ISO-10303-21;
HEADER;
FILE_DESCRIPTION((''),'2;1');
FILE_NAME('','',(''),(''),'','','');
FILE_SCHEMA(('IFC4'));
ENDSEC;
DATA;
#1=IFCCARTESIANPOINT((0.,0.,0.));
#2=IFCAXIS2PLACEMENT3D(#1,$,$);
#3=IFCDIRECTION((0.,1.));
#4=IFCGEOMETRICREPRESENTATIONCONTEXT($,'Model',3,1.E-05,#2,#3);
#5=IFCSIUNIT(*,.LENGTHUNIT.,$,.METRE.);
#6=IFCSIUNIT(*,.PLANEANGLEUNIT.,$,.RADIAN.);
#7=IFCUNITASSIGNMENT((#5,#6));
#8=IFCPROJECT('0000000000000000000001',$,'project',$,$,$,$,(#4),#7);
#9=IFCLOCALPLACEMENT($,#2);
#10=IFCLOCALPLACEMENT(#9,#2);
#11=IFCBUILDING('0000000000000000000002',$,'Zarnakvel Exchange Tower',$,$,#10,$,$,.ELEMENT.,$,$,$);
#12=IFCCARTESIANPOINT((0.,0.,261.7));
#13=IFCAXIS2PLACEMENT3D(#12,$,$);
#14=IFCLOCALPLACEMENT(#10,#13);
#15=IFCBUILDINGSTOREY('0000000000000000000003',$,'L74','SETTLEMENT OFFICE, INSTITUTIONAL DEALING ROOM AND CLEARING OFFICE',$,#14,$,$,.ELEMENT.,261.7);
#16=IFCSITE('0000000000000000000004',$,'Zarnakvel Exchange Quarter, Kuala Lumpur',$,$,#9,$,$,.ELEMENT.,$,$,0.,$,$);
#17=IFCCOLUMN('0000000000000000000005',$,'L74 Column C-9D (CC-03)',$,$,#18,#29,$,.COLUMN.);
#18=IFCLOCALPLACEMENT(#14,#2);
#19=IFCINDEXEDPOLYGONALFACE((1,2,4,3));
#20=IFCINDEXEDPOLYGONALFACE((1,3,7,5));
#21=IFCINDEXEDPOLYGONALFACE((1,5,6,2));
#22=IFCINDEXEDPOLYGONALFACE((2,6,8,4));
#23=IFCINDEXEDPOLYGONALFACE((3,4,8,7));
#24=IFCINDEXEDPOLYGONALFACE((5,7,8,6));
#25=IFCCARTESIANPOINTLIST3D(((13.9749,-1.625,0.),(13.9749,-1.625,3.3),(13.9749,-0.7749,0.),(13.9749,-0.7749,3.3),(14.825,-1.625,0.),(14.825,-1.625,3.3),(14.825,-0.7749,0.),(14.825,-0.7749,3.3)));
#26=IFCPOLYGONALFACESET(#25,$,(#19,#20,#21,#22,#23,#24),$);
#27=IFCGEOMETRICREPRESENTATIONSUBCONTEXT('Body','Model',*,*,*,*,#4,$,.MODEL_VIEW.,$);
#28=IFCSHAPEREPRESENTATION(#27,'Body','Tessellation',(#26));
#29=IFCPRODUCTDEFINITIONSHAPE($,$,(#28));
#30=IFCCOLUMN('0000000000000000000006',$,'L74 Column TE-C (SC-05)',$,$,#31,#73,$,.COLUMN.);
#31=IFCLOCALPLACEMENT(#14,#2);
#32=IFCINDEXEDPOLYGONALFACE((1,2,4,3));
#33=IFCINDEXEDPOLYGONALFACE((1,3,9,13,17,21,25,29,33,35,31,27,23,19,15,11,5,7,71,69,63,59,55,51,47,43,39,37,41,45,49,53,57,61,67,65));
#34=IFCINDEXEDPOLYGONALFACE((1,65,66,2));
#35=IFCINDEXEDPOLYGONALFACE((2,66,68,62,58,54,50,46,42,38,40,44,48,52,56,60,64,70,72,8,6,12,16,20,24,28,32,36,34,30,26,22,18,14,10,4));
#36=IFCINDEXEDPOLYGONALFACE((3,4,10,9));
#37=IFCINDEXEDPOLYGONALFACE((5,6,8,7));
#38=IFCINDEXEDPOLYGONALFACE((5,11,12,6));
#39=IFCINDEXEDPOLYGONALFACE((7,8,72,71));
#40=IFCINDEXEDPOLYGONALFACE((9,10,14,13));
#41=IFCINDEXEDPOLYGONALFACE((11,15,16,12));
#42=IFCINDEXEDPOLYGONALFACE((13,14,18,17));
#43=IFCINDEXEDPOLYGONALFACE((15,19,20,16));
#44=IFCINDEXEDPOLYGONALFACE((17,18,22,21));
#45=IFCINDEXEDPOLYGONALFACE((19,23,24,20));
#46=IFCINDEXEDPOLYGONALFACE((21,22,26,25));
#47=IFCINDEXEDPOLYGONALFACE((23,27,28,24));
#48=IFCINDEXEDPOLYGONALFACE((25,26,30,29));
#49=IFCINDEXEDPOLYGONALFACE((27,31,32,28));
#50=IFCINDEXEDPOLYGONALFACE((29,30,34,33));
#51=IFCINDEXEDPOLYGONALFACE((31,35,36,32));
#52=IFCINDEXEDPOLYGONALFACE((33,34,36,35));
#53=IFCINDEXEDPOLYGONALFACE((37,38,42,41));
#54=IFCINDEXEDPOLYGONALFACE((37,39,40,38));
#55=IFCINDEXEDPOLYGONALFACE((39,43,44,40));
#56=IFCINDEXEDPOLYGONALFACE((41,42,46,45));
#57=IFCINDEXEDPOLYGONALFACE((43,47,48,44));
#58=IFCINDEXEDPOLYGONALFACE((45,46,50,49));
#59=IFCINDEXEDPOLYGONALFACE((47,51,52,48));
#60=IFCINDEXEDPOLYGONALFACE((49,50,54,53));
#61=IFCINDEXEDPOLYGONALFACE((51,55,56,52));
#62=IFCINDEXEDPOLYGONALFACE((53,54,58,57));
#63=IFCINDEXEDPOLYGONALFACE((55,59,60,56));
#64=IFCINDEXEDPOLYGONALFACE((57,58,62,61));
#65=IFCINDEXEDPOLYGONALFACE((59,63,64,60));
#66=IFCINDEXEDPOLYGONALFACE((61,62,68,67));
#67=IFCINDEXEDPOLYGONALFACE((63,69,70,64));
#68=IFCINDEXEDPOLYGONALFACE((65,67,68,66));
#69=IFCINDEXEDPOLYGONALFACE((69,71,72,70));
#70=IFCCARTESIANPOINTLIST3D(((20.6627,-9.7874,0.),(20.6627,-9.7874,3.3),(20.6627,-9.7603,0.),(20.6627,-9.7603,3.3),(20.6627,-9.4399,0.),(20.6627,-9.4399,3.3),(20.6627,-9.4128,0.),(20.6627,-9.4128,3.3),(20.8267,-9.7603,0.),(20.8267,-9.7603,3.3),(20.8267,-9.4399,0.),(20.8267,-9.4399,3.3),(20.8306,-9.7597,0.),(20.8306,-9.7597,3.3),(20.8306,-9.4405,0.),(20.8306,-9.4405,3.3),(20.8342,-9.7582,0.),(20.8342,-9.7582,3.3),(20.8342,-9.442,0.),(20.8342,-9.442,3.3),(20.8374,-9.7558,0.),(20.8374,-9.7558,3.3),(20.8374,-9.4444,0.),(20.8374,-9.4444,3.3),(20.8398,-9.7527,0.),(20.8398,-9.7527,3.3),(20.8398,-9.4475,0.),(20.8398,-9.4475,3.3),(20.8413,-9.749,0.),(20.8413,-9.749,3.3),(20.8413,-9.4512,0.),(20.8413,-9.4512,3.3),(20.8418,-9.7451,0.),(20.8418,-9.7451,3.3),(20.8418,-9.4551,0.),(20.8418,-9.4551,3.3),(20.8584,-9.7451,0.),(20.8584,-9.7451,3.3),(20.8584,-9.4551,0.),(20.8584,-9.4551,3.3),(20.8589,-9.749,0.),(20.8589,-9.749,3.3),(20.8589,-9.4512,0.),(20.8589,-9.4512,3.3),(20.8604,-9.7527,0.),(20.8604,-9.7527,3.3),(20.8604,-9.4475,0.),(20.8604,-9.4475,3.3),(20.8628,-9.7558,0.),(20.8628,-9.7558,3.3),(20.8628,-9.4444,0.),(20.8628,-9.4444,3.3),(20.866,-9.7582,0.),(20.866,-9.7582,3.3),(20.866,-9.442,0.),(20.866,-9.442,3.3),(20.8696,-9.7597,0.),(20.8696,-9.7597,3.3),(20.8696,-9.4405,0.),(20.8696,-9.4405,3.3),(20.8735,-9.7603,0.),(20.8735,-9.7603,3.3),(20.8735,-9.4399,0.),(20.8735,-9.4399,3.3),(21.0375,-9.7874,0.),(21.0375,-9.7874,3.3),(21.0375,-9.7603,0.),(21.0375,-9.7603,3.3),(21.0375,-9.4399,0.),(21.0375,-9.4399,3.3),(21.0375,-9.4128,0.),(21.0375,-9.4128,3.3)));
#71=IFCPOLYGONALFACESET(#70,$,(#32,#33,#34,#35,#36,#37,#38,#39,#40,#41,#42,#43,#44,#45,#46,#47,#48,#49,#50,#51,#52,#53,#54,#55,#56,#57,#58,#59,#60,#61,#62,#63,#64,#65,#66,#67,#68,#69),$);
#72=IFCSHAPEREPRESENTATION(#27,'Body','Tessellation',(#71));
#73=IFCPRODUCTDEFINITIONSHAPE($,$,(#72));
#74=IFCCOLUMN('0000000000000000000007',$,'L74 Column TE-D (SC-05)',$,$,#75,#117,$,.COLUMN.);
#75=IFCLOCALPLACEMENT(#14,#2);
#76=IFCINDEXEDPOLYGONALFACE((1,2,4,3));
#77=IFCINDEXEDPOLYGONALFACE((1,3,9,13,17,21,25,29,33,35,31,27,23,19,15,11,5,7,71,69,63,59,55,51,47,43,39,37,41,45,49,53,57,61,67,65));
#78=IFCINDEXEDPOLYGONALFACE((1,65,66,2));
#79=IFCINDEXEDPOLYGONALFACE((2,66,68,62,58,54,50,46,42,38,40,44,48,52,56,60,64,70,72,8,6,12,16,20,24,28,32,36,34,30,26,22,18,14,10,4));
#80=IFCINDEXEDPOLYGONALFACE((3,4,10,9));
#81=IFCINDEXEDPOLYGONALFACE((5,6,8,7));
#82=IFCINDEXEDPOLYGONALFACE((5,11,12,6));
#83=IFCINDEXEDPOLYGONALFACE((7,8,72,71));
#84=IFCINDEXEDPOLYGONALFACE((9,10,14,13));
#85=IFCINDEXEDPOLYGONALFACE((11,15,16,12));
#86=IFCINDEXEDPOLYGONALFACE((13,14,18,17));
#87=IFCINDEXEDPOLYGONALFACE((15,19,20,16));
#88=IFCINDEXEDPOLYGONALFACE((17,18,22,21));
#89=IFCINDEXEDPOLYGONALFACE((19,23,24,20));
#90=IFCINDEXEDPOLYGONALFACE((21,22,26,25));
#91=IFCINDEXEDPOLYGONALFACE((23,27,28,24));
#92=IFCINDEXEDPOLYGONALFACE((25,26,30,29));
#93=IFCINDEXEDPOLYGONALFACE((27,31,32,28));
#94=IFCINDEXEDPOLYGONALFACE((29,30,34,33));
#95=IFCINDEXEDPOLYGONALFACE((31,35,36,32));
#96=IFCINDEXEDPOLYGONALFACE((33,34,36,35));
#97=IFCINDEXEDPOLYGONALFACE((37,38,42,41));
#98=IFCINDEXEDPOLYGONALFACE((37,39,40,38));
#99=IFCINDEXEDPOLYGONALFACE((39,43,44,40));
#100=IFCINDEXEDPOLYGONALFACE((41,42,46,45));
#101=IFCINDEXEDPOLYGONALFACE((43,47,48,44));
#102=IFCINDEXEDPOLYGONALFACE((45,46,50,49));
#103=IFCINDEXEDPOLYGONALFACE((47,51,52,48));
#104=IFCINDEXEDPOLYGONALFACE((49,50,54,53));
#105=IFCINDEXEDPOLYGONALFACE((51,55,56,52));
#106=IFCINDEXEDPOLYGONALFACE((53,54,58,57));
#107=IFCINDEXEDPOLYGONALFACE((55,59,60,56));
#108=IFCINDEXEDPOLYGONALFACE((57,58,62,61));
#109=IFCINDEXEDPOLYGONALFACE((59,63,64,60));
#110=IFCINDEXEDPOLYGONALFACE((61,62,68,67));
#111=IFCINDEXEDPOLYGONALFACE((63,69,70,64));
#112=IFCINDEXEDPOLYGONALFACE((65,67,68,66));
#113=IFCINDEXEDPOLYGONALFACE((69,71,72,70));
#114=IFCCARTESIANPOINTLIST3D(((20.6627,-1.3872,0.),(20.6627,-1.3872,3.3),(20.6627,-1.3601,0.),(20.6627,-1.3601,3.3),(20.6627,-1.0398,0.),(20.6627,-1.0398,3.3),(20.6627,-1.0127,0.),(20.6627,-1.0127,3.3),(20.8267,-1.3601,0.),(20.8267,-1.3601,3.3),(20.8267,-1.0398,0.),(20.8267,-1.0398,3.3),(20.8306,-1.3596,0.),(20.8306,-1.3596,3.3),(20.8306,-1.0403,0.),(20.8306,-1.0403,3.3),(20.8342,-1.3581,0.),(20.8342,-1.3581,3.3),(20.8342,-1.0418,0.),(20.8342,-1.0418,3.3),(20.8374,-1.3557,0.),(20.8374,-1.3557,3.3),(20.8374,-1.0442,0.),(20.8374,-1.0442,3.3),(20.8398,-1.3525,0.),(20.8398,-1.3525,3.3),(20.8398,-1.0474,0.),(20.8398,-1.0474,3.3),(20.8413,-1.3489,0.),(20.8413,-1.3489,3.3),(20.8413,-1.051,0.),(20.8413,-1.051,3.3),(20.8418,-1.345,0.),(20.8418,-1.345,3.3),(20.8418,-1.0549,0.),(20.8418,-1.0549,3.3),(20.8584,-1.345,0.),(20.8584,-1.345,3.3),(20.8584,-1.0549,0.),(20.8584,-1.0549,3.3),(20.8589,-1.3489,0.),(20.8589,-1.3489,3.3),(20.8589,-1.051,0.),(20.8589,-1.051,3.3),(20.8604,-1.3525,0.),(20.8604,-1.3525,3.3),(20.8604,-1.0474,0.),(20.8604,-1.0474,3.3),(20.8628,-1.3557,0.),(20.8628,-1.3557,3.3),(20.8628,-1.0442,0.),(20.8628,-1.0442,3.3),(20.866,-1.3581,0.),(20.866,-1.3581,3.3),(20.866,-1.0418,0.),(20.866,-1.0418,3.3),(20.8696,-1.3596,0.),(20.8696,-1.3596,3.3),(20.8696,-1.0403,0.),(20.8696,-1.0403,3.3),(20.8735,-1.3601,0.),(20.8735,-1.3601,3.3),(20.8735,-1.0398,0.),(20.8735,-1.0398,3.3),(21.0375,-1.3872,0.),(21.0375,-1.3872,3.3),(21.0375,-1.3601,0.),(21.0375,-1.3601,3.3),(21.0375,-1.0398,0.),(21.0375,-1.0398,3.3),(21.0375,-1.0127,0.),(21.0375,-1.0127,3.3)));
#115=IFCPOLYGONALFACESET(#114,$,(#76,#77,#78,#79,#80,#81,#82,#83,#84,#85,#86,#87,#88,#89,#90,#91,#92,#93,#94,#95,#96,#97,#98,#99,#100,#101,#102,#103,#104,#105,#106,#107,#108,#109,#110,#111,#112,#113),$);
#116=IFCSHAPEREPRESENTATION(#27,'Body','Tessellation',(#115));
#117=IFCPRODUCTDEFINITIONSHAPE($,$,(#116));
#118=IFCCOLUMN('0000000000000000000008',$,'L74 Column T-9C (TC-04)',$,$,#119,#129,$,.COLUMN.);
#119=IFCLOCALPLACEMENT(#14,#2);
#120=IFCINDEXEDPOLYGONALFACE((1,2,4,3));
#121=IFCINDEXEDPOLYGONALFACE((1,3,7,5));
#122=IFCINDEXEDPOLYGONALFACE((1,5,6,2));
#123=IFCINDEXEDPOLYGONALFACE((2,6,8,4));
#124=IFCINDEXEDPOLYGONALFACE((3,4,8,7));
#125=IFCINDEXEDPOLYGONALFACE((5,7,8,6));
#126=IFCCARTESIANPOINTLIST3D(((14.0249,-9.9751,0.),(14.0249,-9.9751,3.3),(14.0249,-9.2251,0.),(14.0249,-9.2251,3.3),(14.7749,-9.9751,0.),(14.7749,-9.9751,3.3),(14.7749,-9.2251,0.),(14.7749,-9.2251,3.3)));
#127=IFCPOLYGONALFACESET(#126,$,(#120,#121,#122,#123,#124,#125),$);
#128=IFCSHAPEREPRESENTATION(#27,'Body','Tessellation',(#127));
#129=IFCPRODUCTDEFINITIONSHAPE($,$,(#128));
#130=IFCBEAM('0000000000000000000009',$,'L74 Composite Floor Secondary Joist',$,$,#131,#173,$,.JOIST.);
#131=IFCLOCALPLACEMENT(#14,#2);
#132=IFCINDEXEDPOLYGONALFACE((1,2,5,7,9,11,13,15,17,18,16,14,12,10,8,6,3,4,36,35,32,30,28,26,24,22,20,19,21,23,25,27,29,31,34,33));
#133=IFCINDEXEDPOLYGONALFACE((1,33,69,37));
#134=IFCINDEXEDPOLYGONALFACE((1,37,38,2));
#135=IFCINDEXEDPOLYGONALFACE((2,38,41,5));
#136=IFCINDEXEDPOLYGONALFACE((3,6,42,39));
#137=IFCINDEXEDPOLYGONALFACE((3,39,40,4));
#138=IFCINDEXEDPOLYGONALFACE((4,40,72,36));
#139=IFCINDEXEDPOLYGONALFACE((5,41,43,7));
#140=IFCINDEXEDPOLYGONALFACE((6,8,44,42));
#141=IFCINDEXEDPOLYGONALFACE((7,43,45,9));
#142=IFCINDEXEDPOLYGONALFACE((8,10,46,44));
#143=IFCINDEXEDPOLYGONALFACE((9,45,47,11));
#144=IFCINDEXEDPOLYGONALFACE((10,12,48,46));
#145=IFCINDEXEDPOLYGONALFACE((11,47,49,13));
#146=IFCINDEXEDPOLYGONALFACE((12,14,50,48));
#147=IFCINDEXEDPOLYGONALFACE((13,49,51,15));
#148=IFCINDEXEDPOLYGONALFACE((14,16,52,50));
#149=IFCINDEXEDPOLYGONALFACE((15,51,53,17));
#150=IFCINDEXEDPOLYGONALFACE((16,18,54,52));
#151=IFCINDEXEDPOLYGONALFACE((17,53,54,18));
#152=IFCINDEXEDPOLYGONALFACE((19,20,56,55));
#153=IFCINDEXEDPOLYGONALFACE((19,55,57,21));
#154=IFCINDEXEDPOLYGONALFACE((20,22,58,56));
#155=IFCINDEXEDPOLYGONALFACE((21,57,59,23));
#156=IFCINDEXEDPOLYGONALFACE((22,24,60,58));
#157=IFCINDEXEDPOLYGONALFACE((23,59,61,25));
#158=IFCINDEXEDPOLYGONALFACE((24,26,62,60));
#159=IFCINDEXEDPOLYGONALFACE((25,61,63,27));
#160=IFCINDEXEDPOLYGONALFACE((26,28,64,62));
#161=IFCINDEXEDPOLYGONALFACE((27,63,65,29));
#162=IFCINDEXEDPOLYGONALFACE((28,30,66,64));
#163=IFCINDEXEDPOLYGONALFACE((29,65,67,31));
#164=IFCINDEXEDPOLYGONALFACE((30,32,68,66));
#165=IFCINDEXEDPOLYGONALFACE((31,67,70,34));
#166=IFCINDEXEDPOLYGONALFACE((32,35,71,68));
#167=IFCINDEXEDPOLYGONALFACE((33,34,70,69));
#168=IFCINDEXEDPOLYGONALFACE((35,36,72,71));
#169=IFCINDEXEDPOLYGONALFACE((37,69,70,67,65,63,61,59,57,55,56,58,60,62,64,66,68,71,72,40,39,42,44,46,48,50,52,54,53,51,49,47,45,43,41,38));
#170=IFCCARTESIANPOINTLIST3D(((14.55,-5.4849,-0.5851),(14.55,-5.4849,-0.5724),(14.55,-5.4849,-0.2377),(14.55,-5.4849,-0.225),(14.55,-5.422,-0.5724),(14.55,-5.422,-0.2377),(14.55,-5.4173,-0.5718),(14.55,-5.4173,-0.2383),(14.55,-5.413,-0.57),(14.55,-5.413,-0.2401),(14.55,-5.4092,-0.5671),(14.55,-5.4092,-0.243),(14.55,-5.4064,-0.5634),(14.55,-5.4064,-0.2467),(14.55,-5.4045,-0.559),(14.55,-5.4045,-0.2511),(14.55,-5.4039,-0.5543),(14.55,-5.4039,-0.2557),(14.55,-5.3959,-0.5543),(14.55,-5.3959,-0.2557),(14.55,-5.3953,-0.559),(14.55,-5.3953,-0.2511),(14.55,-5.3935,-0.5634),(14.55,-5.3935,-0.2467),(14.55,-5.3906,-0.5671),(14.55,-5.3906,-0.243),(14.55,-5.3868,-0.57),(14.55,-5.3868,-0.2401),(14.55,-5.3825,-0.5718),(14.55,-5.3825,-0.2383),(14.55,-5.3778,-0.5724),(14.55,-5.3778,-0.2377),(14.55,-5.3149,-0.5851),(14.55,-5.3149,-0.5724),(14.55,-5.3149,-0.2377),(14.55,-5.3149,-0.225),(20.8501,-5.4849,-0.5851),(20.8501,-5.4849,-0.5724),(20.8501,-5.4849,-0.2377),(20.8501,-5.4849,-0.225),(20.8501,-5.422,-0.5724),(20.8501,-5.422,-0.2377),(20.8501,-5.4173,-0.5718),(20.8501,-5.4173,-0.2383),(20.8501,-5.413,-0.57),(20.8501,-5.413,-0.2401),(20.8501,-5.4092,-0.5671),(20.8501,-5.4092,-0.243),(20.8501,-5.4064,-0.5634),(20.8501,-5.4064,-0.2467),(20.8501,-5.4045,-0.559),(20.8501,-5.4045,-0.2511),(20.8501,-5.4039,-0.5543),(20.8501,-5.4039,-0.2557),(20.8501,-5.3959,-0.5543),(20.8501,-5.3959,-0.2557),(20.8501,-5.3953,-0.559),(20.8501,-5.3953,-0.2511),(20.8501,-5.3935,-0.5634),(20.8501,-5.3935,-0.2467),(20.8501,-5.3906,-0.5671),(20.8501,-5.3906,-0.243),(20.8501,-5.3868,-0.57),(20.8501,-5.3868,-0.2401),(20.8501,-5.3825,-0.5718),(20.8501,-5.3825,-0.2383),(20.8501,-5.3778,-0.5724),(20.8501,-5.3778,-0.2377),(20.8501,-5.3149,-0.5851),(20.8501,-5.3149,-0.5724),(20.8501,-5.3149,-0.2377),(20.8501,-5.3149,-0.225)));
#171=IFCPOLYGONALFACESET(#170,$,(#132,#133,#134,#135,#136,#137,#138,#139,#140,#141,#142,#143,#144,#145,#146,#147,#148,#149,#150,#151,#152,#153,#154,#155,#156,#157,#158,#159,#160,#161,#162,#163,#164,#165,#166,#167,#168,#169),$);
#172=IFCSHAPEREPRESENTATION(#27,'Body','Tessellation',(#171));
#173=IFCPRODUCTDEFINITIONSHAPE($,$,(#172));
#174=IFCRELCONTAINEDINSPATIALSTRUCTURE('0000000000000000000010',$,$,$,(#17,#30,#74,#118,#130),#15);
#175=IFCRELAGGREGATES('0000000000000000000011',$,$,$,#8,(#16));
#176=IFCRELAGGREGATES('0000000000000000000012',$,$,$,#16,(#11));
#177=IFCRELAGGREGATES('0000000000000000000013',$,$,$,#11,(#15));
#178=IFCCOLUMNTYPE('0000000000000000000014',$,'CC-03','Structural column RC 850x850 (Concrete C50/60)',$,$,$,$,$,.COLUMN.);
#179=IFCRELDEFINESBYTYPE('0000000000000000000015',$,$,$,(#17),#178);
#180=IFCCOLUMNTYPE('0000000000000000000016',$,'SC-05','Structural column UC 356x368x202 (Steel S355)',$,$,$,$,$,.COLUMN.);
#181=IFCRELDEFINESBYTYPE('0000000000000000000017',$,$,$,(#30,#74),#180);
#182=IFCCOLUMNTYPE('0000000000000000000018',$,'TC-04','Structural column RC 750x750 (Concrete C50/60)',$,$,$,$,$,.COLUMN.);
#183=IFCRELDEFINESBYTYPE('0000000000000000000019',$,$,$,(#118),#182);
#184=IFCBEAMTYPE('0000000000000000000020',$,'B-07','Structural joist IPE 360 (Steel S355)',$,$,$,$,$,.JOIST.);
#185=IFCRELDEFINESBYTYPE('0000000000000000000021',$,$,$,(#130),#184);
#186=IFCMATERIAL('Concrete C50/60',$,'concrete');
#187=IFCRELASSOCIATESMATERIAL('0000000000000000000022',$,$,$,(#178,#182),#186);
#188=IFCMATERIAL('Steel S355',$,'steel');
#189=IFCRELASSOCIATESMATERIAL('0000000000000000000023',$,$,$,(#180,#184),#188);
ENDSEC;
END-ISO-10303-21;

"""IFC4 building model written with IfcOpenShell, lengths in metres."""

from ifc_helpers import new_model, si_unit, direction, frame, origin, origin_2d, place, context, subcontext, project, spatial, rectangle, i_section, extrude, material, material_profile, profile_set, type_object, element, save


model = new_model("IFC4")

# Units and contexts
model_context = context("Model", 3, precision=1e-05, world=origin(), true_north=direction((0.0, 1.0)))
body_context = subcontext(model_context, "Body", "Model", "MODEL_VIEW")
ifc_project = project(units=[si_unit("LENGTHUNIT", "METRE"), si_unit("PLANEANGLEUNIT", "RADIAN")], contexts=[model_context])

# Site, building, storey
site_placement = place(None, origin())
site = spatial("IfcSite", under=ifc_project, at=site_placement, Name="Zarnakvel Exchange Quarter, Kuala Lumpur", CompositionType="ELEMENT", RefElevation=0.0)
building_placement = place(site_placement, origin())
building = spatial("IfcBuilding", under=site, at=building_placement, Name="Zarnakvel Exchange Tower", CompositionType="ELEMENT")
storey_placement = place(building_placement, frame((0.0, 0.0, 261.7)))
storey = spatial("IfcBuildingStorey", under=building, at=storey_placement, Name="L74", Description="SETTLEMENT OFFICE, INSTITUTIONAL DEALING ROOM AND CLEARING OFFICE", CompositionType="ELEMENT", Elevation=261.7)

# Columns
ifc_material_1 = material(Name="Concrete C50/60", Category="concrete")
ifc_material_profile_1 = material_profile(ifc_material_1, rectangle(XDim=0.8501, YDim=0.8501, at=origin_2d()))
ifc_profile_set_1 = profile_set([ifc_material_profile_1], Name="Concrete C50/60")
column_type_1 = type_object("IfcColumnType", Name="CC-03", Description="Structural column RC 850x850 (Concrete C50/60)", PredefinedType="COLUMN", material=ifc_profile_set_1)
column_1_placement = place(storey_placement, frame((14.3999, -1.2, 0.0), z_axis=(0.0, 0.0, 1.0), x_axis=(1.0, 0.0, 0.0)))
element("IfcColumn", 1, at=column_1_placement, inside=storey, type_object=column_type_1, Name="L74 Column C-9D (CC-03)", PredefinedType="COLUMN", context=body_context, shape_type="SweptSolid", body=[
    extrude(rectangle(XDim=0.8501, YDim=0.8501, at=origin_2d()), origin(), (0.0, 0.0, 1.0), 3.3),
])
ifc_material_2 = material(Name="Steel S355", Category="steel")
ifc_material_profile_2 = material_profile(ifc_material_2, i_section(OverallWidth=0.3748, OverallDepth=0.3745, WebThickness=0.0166, FlangeThickness=0.0271, FilletRadius=0.0151, at=origin_2d()))
ifc_profile_set_2 = profile_set([ifc_material_profile_2], Name="Steel S355")
column_type_2 = type_object("IfcColumnType", Name="SC-05", Description="Structural column UC 356x368x202 (Steel S355)", PredefinedType="COLUMN", material=ifc_profile_set_2)
for number, where, z_axis, x_axis, name in (
    (2, (20.8501, -9.6001, 0.0), (0.0, 0.0, 1.0), (1.0, 0.0, 0.0), "L74 Column TE-C (SC-05)"),
    (3, (20.8501, -1.2, 0.0), (0.0, 0.0, 1.0), (1.0, 0.0, 0.0), "L74 Column TE-D (SC-05)"),
):
    element("IfcColumn", number, at=place(storey_placement, frame(where, z_axis=z_axis, x_axis=x_axis)), inside=storey, type_object=column_type_2, Name=name, PredefinedType="COLUMN", context=body_context, shape_type="SweptSolid", body=[
        extrude(i_section(OverallWidth=0.3748, OverallDepth=0.3745, WebThickness=0.0166, FlangeThickness=0.0271, FilletRadius=0.0151, at=origin_2d()), origin(), (0.0, 0.0, 1.0), 3.3),
    ])
ifc_material_profile_3 = material_profile(ifc_material_1, rectangle(XDim=0.75, YDim=0.75, at=origin_2d()))
ifc_profile_set_3 = profile_set([ifc_material_profile_3], Name="Concrete C50/60")
column_type_3 = type_object("IfcColumnType", Name="TC-04", Description="Structural column RC 750x750 (Concrete C50/60)", PredefinedType="COLUMN", material=ifc_profile_set_3)
column_2_placement = place(storey_placement, frame((14.3999, -9.6001, 0.0), z_axis=(0.0, 0.0, 1.0), x_axis=(1.0, 0.0, 0.0)))
element("IfcColumn", 4, at=column_2_placement, inside=storey, type_object=column_type_3, Name="L74 Column T-9C (TC-04)", PredefinedType="COLUMN", context=body_context, shape_type="SweptSolid", body=[
    extrude(rectangle(XDim=0.75, YDim=0.75, at=origin_2d()), origin(), (0.0, 0.0, 1.0), 3.3),
])

# Beam
ifc_material_profile_4 = material_profile(ifc_material_2, i_section(OverallWidth=0.1699, OverallDepth=0.3601, WebThickness=0.0081, FlangeThickness=0.0127, FilletRadius=0.0181, at=origin_2d()))
ifc_profile_set_4 = profile_set([ifc_material_profile_4], Name="Steel S355")
beam_type_1 = type_object("IfcBeamType", Name="B-07", Description="Structural joist IPE 360 (Steel S355)", PredefinedType="JOIST", material=ifc_profile_set_4)
beam_1_placement = place(storey_placement, frame((14.55, -5.3999, -0.405), z_axis=(1.0, 0.0, 0.0), x_axis=(0.0, 1.0, 0.0)))
element("IfcBeam", 5, at=beam_1_placement, inside=storey, type_object=beam_type_1, Name="L74 Composite Floor Secondary Joist", PredefinedType="JOIST", context=body_context, shape_type="SweptSolid", body=[
    extrude(i_section(OverallWidth=0.1699, OverallDepth=0.3601, WebThickness=0.0081, FlangeThickness=0.0127, FilletRadius=0.0181, at=origin_2d()), origin(), (0.0, 0.0, 1.0), 6.3),
])

save(model, "model.ifc")
